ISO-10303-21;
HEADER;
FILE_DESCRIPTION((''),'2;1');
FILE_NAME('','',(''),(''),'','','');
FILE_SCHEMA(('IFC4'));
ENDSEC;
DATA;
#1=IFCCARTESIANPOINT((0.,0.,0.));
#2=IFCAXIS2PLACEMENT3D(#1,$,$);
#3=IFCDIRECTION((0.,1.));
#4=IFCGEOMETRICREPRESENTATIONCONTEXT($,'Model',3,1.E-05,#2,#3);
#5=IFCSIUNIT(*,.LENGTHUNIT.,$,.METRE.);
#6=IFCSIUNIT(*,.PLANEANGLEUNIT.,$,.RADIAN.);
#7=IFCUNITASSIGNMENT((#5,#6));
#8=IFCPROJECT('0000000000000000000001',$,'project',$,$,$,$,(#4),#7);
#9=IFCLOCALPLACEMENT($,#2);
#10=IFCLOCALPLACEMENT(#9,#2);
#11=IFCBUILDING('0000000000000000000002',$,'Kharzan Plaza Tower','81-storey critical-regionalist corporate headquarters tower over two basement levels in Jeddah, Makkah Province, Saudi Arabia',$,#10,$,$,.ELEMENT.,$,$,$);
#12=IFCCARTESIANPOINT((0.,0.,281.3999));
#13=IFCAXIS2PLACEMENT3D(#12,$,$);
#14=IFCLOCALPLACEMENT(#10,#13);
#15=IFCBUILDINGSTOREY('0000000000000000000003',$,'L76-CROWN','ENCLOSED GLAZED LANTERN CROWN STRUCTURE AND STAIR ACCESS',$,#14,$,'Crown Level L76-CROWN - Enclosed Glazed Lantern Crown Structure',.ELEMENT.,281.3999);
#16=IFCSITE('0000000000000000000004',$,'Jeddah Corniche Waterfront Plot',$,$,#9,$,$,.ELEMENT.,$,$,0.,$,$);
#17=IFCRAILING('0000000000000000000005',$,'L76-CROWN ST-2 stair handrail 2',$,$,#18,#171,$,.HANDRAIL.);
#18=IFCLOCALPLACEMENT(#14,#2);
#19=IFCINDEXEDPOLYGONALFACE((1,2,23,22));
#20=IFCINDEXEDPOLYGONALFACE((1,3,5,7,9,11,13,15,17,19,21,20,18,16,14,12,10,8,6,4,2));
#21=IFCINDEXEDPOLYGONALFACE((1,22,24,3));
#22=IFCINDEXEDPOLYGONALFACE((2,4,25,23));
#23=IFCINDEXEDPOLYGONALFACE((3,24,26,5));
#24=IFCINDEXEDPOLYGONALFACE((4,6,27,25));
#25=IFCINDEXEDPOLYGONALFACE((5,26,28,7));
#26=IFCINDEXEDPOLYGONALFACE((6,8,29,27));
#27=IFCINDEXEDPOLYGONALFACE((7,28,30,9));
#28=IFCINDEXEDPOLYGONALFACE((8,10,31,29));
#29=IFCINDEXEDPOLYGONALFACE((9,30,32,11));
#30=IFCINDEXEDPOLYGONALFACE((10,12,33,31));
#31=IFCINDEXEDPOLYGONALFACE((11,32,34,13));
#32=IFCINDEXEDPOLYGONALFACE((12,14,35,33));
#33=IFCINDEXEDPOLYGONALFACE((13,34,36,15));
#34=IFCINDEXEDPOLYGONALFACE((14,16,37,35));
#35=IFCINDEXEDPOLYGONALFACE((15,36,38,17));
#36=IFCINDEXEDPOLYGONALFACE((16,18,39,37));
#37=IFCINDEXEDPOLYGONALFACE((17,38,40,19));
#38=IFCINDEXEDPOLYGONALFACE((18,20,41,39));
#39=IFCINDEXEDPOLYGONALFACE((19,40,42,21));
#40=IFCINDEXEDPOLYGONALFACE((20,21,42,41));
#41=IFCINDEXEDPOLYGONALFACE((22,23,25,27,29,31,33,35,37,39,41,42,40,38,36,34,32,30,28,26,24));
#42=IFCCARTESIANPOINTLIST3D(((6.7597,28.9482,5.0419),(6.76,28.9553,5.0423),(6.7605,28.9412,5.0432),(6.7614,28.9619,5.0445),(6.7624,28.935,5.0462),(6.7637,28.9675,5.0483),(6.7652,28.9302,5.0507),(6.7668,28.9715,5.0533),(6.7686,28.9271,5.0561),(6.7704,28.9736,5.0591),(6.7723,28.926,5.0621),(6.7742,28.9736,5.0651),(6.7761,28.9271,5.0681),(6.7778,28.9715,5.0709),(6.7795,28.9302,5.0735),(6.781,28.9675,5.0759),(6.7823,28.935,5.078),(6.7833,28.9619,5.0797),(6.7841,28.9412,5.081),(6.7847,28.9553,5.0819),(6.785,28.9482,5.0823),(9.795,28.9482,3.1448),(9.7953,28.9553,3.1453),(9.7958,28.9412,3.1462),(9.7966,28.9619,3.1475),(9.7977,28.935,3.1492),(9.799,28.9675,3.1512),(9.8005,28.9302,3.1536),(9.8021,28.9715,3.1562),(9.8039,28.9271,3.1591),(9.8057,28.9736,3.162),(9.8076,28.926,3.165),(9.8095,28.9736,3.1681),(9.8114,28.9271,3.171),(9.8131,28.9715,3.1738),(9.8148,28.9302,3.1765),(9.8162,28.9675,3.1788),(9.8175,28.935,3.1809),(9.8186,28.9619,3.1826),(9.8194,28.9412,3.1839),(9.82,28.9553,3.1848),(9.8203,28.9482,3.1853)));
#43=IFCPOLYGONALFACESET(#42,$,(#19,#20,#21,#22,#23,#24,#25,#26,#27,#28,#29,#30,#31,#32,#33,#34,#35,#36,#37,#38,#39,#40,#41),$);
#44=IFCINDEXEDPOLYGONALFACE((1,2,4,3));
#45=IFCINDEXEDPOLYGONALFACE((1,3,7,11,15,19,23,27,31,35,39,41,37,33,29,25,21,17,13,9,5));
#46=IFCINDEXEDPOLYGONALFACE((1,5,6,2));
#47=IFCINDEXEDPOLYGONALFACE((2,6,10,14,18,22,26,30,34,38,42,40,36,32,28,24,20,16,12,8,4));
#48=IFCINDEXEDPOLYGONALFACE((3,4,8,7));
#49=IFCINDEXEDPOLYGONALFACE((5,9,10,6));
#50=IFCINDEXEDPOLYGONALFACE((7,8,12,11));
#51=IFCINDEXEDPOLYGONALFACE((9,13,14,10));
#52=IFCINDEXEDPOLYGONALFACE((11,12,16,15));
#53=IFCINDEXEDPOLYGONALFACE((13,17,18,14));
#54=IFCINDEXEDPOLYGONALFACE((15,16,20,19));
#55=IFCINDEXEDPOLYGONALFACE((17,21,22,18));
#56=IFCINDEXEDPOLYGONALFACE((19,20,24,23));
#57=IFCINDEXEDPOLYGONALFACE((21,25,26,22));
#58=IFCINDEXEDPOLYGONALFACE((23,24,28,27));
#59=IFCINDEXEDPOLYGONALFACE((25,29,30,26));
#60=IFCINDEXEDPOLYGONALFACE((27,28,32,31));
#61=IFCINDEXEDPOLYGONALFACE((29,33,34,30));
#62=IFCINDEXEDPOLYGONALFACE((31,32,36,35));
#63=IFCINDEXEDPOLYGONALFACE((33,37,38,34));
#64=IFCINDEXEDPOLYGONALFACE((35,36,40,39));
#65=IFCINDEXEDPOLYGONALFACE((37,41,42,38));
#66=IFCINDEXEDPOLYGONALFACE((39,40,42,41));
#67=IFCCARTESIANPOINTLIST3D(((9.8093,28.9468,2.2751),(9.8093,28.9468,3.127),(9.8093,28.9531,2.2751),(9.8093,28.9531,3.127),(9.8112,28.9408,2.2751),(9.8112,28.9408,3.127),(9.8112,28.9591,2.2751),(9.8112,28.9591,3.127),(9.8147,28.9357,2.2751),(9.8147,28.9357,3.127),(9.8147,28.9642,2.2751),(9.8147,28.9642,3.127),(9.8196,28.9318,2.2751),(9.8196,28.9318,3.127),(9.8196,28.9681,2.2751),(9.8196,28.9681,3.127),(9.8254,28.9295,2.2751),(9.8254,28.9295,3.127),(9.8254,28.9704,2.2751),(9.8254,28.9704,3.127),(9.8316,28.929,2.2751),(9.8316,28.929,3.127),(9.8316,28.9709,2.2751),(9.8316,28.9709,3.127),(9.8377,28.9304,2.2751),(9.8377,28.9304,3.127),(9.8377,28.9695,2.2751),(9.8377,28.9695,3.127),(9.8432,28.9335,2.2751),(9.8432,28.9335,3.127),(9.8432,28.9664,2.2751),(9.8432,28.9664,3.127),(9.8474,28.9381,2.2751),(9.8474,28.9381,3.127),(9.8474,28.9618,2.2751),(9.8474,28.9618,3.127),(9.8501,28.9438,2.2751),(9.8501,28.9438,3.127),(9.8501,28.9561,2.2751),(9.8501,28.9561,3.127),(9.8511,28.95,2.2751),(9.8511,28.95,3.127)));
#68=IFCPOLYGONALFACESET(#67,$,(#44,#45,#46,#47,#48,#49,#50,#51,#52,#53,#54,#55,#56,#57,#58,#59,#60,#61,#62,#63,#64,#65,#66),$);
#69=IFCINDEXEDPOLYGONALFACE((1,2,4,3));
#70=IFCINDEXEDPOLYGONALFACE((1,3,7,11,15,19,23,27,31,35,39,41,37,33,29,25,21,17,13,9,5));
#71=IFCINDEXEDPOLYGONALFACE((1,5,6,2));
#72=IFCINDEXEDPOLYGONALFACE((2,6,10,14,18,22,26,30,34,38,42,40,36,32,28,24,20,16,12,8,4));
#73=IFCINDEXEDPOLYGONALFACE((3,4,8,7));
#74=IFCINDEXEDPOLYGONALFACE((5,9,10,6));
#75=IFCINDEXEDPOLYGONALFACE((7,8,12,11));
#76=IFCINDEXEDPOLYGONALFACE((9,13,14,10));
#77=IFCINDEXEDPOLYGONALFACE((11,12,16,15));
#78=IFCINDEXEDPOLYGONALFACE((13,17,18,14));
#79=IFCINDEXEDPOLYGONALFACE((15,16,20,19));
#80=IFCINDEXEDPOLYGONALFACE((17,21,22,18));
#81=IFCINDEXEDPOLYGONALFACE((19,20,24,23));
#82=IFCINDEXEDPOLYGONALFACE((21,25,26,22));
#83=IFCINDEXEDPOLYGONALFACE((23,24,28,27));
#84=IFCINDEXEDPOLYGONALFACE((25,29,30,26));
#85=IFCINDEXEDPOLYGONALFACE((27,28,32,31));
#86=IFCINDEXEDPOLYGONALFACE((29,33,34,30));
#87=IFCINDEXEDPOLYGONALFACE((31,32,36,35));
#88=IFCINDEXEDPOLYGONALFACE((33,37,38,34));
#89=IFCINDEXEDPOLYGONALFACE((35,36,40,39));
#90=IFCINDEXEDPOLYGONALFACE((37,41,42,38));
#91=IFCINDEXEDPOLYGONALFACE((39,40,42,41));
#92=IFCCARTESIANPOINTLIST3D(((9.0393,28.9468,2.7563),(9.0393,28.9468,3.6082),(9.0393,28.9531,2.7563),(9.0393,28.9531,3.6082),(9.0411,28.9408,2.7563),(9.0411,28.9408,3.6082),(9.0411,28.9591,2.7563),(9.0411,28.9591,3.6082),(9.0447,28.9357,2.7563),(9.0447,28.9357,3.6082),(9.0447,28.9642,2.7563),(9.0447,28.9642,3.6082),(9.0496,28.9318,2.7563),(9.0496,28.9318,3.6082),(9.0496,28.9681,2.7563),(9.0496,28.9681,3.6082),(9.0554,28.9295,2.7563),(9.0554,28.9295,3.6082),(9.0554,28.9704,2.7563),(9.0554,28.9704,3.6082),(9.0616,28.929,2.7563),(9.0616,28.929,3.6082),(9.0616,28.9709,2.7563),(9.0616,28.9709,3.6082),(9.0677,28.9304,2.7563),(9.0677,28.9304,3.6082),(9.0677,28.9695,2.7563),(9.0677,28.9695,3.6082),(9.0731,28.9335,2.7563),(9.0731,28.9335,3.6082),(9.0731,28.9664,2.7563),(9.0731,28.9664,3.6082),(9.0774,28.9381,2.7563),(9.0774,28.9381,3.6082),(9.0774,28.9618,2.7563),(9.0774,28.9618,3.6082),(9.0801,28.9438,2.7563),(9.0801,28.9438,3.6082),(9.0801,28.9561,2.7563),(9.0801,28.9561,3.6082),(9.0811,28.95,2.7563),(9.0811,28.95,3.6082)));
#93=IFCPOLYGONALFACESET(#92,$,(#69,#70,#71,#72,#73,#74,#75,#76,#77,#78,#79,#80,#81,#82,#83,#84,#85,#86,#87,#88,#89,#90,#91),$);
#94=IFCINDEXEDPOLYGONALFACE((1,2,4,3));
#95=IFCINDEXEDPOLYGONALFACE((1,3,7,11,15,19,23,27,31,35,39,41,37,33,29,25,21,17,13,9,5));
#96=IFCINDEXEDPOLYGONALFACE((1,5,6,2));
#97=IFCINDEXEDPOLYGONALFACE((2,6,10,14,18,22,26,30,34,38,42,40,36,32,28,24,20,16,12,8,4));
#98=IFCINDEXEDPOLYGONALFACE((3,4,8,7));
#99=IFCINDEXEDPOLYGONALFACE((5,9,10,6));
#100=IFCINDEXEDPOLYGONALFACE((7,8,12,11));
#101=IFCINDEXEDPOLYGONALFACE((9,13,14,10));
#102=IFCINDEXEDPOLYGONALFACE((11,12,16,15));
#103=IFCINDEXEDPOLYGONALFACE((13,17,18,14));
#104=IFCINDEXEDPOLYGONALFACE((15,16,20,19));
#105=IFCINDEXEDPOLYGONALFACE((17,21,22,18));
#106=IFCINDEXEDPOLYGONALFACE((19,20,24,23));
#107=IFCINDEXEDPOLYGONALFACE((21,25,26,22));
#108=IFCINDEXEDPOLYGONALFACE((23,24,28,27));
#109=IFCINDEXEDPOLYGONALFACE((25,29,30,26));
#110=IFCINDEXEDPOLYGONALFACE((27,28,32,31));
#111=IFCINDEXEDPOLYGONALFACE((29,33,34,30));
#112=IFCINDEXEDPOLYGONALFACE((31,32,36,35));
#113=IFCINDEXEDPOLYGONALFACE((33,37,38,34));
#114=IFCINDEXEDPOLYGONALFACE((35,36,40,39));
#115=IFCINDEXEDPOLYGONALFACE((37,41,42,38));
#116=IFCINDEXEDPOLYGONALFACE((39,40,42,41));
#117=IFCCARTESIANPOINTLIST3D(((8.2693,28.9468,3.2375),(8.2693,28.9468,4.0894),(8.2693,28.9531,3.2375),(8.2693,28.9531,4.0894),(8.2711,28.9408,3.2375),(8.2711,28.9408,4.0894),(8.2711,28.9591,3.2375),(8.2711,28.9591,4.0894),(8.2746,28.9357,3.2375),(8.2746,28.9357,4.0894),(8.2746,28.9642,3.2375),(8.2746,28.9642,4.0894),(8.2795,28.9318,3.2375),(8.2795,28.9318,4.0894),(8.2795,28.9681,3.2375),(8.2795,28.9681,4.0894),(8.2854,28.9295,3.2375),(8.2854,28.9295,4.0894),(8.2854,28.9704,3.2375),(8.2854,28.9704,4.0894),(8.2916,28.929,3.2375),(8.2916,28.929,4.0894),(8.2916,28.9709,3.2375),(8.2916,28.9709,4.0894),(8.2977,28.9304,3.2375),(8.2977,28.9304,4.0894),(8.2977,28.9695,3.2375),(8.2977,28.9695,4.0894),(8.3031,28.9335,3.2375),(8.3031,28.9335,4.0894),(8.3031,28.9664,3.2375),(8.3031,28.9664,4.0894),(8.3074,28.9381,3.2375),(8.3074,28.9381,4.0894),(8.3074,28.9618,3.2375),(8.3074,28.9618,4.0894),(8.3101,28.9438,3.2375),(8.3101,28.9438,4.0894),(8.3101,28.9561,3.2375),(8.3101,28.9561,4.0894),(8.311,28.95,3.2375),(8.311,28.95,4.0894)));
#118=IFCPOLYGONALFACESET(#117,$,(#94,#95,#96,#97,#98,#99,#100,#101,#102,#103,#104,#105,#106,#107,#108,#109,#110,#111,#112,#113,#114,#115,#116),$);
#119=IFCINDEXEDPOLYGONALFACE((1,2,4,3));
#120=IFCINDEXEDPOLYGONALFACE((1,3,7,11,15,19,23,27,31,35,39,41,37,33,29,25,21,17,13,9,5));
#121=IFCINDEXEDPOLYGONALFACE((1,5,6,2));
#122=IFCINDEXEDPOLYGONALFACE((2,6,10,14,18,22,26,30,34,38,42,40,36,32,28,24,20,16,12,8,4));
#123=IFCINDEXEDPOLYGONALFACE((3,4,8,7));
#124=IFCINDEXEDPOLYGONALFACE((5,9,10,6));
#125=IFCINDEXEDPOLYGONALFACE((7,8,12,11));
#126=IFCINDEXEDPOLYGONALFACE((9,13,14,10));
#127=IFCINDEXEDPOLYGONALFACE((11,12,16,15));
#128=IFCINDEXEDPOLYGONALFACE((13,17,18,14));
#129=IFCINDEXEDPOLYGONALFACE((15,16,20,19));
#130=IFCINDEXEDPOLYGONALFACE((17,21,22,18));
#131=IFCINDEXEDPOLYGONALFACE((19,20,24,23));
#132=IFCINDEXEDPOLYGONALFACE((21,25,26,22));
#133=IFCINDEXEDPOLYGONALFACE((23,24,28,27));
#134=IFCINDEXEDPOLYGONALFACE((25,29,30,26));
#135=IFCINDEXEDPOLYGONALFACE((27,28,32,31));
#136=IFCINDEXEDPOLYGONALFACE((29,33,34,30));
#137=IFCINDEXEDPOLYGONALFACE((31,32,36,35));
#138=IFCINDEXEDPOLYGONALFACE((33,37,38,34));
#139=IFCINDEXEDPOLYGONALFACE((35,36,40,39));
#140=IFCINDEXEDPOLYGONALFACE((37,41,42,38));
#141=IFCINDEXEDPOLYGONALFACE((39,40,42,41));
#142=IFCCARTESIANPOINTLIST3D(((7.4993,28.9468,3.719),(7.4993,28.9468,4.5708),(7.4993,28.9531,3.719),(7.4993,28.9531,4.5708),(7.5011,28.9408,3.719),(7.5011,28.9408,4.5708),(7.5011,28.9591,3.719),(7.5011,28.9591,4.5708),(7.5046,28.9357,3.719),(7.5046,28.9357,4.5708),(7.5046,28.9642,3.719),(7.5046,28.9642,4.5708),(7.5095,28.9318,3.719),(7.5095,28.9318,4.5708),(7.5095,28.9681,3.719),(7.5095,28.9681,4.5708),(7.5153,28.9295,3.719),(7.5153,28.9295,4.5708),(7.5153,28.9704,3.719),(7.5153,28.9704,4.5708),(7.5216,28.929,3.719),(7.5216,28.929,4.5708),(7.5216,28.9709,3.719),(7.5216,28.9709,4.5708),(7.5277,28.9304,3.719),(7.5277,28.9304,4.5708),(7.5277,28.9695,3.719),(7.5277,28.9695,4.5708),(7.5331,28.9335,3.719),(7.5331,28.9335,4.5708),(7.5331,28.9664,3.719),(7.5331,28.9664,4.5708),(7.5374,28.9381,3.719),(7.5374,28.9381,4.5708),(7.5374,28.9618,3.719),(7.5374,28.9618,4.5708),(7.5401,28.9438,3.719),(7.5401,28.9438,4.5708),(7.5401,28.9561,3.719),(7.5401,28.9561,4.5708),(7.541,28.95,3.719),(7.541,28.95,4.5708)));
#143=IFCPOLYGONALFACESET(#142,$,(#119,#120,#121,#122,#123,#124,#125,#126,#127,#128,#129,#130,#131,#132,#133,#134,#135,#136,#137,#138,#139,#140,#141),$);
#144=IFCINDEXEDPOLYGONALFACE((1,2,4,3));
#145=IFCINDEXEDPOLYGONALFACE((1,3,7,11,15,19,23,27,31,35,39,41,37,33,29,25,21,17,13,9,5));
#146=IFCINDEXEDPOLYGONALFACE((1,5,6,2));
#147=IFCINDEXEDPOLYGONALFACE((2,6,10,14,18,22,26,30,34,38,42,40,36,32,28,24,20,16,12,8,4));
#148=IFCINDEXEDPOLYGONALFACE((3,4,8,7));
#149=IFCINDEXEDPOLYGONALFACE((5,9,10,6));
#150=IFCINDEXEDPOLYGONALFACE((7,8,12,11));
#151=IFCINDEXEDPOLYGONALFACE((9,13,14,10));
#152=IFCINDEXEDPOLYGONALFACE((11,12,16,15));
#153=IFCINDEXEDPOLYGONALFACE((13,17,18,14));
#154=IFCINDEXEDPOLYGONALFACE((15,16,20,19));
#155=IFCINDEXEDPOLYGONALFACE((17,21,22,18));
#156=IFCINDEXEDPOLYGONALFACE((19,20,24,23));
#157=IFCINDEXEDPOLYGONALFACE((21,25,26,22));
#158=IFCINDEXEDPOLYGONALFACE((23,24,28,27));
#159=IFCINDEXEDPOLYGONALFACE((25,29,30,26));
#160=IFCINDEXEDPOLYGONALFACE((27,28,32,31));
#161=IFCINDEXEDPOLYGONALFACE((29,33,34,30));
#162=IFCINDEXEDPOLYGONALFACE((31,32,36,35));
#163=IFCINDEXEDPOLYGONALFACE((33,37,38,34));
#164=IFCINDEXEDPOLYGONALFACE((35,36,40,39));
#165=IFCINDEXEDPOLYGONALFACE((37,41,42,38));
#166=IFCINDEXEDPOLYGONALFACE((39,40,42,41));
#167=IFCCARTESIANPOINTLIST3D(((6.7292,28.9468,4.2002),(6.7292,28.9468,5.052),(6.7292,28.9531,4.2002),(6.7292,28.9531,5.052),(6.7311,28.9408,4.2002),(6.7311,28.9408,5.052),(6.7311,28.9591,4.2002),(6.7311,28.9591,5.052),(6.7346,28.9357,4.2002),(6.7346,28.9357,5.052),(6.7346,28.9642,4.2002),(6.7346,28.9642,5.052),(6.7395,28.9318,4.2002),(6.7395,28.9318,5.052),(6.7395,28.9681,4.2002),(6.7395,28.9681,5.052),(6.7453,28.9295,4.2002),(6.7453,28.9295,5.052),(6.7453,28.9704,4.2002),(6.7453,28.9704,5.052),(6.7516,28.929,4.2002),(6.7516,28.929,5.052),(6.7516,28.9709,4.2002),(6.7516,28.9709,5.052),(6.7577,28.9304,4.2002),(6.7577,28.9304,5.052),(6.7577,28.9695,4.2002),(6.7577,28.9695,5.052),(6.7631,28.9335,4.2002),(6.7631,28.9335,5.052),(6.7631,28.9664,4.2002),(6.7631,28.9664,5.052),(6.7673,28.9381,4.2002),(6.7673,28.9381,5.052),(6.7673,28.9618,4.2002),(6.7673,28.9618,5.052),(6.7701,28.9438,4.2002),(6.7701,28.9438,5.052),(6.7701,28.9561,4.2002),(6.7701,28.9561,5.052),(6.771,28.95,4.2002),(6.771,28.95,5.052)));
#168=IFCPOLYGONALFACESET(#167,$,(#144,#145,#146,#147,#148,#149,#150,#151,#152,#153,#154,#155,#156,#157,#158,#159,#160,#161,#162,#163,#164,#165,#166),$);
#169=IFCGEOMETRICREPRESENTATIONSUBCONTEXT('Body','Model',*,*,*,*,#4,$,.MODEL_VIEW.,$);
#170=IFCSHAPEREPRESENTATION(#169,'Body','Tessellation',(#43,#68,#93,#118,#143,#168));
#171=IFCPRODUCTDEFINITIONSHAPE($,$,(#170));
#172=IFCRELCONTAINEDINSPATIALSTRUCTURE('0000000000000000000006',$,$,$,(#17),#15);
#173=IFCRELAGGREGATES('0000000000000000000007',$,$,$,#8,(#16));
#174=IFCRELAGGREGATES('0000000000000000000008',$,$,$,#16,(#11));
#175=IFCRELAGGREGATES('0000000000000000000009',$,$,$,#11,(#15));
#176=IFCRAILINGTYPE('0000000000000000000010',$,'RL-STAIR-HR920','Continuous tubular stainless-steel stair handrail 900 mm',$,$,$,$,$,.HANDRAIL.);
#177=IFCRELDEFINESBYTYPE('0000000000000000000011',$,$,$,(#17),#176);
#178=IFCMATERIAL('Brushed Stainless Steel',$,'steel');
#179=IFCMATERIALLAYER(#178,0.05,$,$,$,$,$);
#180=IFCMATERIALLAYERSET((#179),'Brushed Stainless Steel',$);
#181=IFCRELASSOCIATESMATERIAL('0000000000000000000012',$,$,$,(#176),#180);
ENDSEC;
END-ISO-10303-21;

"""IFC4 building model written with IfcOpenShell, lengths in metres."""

from ifc_helpers import new_model, si_unit, direction, frame, origin, origin_2d, place, context, subcontext, project, spatial, circle, extrude, source, transform, mapped, material, layer, layer_set, type_object, element, save


model = new_model("IFC4")

# Units and contexts
model_context = context("Model", 3, precision=1e-05, world=origin(), true_north=direction((0.0, 1.0)))
body_context = subcontext(model_context, "Body", "Model", "MODEL_VIEW")
ifc_project = project(units=[si_unit("LENGTHUNIT", "METRE"), si_unit("PLANEANGLEUNIT", "RADIAN")], contexts=[model_context])

# Site, building, storey
site_placement = place(None, origin())
site = spatial("IfcSite", under=ifc_project, at=site_placement, Name="Jeddah Corniche Waterfront Plot", CompositionType="ELEMENT", RefElevation=0.0)
building_placement = place(site_placement, origin())
building = spatial("IfcBuilding", under=site, at=building_placement, Name="Kharzan Plaza Tower", Description="81-storey critical-regionalist corporate headquarters tower over two basement levels in Jeddah, Makkah Province, Saudi Arabia", CompositionType="ELEMENT")
storey_placement = place(building_placement, frame((0.0, 0.0, 281.3999)))
storey = spatial("IfcBuildingStorey", under=building, at=storey_placement, Name="L76-CROWN", Description="ENCLOSED GLAZED LANTERN CROWN STRUCTURE AND STAIR ACCESS", LongName="Crown Level L76-CROWN - Enclosed Glazed Lantern Crown Structure", CompositionType="ELEMENT", Elevation=281.3999)

# Railing
ifc_material_1 = material(Name="Brushed Stainless Steel", Category="steel")
ifc_layer_1 = layer(ifc_material_1, 0.05)
ifc_layer_set_1 = layer_set([ifc_layer_1], Name="Brushed Stainless Steel")
railing_type = type_object("IfcRailingType", Name="RL-STAIR-HR920", Description="Continuous tubular stainless-steel stair handrail 900 mm", PredefinedType="HANDRAIL", material=ifc_layer_set_1)
shared_shape_1 = source(origin(), body_context, "Body", "SweptSolid", [
    extrude(circle(Radius=0.0239, at=origin_2d()), frame((-0.0225, 0.0, 0.8899), z_axis=(-0.847998, 0.0, 0.529999), x_axis=(0.0, -1.0, 0.0)), (0.0, 0.0, 1.0), 3.5793),
    extrude(circle(Radius=0.021, at=origin_2d()), origin(), (0.0, 0.0, 1.0), 0.8518),
    extrude(circle(Radius=0.021, at=origin_2d()), frame((-0.77, 0.0, 0.4812)), (0.0, 0.0, 1.0), 0.8518),
    extrude(circle(Radius=0.021, at=origin_2d()), frame((-1.54, 0.0, 0.9624)), (0.0, 0.0, 1.0), 0.8518),
    extrude(circle(Radius=0.021, at=origin_2d()), frame((-2.3101, 0.0, 1.4438)), (0.0, 0.0, 1.0), 0.8518),
    extrude(circle(Radius=0.021, at=origin_2d()), frame((-3.0801, 0.0, 1.925)), (0.0, 0.0, 1.0), 0.8518),
])
railing_placement = place(storey_placement, frame((9.8301, 28.95, 2.2751)))
element("IfcRailing", 1, at=railing_placement, inside=storey, type_object=railing_type, Name="L76-CROWN ST-2 stair handrail 2", PredefinedType="HANDRAIL", context=body_context, shape_type="MappedRepresentation", body=[
    mapped(shared_shape_1, transform((0.0, 0.0, 0.0), x_axis=(1.0, 0.0, 0.0), y_axis=(0.0, 1.0, 0.0), z_axis=(0.0, 0.0, 1.0))),
])

save(model, "model.ifc")
